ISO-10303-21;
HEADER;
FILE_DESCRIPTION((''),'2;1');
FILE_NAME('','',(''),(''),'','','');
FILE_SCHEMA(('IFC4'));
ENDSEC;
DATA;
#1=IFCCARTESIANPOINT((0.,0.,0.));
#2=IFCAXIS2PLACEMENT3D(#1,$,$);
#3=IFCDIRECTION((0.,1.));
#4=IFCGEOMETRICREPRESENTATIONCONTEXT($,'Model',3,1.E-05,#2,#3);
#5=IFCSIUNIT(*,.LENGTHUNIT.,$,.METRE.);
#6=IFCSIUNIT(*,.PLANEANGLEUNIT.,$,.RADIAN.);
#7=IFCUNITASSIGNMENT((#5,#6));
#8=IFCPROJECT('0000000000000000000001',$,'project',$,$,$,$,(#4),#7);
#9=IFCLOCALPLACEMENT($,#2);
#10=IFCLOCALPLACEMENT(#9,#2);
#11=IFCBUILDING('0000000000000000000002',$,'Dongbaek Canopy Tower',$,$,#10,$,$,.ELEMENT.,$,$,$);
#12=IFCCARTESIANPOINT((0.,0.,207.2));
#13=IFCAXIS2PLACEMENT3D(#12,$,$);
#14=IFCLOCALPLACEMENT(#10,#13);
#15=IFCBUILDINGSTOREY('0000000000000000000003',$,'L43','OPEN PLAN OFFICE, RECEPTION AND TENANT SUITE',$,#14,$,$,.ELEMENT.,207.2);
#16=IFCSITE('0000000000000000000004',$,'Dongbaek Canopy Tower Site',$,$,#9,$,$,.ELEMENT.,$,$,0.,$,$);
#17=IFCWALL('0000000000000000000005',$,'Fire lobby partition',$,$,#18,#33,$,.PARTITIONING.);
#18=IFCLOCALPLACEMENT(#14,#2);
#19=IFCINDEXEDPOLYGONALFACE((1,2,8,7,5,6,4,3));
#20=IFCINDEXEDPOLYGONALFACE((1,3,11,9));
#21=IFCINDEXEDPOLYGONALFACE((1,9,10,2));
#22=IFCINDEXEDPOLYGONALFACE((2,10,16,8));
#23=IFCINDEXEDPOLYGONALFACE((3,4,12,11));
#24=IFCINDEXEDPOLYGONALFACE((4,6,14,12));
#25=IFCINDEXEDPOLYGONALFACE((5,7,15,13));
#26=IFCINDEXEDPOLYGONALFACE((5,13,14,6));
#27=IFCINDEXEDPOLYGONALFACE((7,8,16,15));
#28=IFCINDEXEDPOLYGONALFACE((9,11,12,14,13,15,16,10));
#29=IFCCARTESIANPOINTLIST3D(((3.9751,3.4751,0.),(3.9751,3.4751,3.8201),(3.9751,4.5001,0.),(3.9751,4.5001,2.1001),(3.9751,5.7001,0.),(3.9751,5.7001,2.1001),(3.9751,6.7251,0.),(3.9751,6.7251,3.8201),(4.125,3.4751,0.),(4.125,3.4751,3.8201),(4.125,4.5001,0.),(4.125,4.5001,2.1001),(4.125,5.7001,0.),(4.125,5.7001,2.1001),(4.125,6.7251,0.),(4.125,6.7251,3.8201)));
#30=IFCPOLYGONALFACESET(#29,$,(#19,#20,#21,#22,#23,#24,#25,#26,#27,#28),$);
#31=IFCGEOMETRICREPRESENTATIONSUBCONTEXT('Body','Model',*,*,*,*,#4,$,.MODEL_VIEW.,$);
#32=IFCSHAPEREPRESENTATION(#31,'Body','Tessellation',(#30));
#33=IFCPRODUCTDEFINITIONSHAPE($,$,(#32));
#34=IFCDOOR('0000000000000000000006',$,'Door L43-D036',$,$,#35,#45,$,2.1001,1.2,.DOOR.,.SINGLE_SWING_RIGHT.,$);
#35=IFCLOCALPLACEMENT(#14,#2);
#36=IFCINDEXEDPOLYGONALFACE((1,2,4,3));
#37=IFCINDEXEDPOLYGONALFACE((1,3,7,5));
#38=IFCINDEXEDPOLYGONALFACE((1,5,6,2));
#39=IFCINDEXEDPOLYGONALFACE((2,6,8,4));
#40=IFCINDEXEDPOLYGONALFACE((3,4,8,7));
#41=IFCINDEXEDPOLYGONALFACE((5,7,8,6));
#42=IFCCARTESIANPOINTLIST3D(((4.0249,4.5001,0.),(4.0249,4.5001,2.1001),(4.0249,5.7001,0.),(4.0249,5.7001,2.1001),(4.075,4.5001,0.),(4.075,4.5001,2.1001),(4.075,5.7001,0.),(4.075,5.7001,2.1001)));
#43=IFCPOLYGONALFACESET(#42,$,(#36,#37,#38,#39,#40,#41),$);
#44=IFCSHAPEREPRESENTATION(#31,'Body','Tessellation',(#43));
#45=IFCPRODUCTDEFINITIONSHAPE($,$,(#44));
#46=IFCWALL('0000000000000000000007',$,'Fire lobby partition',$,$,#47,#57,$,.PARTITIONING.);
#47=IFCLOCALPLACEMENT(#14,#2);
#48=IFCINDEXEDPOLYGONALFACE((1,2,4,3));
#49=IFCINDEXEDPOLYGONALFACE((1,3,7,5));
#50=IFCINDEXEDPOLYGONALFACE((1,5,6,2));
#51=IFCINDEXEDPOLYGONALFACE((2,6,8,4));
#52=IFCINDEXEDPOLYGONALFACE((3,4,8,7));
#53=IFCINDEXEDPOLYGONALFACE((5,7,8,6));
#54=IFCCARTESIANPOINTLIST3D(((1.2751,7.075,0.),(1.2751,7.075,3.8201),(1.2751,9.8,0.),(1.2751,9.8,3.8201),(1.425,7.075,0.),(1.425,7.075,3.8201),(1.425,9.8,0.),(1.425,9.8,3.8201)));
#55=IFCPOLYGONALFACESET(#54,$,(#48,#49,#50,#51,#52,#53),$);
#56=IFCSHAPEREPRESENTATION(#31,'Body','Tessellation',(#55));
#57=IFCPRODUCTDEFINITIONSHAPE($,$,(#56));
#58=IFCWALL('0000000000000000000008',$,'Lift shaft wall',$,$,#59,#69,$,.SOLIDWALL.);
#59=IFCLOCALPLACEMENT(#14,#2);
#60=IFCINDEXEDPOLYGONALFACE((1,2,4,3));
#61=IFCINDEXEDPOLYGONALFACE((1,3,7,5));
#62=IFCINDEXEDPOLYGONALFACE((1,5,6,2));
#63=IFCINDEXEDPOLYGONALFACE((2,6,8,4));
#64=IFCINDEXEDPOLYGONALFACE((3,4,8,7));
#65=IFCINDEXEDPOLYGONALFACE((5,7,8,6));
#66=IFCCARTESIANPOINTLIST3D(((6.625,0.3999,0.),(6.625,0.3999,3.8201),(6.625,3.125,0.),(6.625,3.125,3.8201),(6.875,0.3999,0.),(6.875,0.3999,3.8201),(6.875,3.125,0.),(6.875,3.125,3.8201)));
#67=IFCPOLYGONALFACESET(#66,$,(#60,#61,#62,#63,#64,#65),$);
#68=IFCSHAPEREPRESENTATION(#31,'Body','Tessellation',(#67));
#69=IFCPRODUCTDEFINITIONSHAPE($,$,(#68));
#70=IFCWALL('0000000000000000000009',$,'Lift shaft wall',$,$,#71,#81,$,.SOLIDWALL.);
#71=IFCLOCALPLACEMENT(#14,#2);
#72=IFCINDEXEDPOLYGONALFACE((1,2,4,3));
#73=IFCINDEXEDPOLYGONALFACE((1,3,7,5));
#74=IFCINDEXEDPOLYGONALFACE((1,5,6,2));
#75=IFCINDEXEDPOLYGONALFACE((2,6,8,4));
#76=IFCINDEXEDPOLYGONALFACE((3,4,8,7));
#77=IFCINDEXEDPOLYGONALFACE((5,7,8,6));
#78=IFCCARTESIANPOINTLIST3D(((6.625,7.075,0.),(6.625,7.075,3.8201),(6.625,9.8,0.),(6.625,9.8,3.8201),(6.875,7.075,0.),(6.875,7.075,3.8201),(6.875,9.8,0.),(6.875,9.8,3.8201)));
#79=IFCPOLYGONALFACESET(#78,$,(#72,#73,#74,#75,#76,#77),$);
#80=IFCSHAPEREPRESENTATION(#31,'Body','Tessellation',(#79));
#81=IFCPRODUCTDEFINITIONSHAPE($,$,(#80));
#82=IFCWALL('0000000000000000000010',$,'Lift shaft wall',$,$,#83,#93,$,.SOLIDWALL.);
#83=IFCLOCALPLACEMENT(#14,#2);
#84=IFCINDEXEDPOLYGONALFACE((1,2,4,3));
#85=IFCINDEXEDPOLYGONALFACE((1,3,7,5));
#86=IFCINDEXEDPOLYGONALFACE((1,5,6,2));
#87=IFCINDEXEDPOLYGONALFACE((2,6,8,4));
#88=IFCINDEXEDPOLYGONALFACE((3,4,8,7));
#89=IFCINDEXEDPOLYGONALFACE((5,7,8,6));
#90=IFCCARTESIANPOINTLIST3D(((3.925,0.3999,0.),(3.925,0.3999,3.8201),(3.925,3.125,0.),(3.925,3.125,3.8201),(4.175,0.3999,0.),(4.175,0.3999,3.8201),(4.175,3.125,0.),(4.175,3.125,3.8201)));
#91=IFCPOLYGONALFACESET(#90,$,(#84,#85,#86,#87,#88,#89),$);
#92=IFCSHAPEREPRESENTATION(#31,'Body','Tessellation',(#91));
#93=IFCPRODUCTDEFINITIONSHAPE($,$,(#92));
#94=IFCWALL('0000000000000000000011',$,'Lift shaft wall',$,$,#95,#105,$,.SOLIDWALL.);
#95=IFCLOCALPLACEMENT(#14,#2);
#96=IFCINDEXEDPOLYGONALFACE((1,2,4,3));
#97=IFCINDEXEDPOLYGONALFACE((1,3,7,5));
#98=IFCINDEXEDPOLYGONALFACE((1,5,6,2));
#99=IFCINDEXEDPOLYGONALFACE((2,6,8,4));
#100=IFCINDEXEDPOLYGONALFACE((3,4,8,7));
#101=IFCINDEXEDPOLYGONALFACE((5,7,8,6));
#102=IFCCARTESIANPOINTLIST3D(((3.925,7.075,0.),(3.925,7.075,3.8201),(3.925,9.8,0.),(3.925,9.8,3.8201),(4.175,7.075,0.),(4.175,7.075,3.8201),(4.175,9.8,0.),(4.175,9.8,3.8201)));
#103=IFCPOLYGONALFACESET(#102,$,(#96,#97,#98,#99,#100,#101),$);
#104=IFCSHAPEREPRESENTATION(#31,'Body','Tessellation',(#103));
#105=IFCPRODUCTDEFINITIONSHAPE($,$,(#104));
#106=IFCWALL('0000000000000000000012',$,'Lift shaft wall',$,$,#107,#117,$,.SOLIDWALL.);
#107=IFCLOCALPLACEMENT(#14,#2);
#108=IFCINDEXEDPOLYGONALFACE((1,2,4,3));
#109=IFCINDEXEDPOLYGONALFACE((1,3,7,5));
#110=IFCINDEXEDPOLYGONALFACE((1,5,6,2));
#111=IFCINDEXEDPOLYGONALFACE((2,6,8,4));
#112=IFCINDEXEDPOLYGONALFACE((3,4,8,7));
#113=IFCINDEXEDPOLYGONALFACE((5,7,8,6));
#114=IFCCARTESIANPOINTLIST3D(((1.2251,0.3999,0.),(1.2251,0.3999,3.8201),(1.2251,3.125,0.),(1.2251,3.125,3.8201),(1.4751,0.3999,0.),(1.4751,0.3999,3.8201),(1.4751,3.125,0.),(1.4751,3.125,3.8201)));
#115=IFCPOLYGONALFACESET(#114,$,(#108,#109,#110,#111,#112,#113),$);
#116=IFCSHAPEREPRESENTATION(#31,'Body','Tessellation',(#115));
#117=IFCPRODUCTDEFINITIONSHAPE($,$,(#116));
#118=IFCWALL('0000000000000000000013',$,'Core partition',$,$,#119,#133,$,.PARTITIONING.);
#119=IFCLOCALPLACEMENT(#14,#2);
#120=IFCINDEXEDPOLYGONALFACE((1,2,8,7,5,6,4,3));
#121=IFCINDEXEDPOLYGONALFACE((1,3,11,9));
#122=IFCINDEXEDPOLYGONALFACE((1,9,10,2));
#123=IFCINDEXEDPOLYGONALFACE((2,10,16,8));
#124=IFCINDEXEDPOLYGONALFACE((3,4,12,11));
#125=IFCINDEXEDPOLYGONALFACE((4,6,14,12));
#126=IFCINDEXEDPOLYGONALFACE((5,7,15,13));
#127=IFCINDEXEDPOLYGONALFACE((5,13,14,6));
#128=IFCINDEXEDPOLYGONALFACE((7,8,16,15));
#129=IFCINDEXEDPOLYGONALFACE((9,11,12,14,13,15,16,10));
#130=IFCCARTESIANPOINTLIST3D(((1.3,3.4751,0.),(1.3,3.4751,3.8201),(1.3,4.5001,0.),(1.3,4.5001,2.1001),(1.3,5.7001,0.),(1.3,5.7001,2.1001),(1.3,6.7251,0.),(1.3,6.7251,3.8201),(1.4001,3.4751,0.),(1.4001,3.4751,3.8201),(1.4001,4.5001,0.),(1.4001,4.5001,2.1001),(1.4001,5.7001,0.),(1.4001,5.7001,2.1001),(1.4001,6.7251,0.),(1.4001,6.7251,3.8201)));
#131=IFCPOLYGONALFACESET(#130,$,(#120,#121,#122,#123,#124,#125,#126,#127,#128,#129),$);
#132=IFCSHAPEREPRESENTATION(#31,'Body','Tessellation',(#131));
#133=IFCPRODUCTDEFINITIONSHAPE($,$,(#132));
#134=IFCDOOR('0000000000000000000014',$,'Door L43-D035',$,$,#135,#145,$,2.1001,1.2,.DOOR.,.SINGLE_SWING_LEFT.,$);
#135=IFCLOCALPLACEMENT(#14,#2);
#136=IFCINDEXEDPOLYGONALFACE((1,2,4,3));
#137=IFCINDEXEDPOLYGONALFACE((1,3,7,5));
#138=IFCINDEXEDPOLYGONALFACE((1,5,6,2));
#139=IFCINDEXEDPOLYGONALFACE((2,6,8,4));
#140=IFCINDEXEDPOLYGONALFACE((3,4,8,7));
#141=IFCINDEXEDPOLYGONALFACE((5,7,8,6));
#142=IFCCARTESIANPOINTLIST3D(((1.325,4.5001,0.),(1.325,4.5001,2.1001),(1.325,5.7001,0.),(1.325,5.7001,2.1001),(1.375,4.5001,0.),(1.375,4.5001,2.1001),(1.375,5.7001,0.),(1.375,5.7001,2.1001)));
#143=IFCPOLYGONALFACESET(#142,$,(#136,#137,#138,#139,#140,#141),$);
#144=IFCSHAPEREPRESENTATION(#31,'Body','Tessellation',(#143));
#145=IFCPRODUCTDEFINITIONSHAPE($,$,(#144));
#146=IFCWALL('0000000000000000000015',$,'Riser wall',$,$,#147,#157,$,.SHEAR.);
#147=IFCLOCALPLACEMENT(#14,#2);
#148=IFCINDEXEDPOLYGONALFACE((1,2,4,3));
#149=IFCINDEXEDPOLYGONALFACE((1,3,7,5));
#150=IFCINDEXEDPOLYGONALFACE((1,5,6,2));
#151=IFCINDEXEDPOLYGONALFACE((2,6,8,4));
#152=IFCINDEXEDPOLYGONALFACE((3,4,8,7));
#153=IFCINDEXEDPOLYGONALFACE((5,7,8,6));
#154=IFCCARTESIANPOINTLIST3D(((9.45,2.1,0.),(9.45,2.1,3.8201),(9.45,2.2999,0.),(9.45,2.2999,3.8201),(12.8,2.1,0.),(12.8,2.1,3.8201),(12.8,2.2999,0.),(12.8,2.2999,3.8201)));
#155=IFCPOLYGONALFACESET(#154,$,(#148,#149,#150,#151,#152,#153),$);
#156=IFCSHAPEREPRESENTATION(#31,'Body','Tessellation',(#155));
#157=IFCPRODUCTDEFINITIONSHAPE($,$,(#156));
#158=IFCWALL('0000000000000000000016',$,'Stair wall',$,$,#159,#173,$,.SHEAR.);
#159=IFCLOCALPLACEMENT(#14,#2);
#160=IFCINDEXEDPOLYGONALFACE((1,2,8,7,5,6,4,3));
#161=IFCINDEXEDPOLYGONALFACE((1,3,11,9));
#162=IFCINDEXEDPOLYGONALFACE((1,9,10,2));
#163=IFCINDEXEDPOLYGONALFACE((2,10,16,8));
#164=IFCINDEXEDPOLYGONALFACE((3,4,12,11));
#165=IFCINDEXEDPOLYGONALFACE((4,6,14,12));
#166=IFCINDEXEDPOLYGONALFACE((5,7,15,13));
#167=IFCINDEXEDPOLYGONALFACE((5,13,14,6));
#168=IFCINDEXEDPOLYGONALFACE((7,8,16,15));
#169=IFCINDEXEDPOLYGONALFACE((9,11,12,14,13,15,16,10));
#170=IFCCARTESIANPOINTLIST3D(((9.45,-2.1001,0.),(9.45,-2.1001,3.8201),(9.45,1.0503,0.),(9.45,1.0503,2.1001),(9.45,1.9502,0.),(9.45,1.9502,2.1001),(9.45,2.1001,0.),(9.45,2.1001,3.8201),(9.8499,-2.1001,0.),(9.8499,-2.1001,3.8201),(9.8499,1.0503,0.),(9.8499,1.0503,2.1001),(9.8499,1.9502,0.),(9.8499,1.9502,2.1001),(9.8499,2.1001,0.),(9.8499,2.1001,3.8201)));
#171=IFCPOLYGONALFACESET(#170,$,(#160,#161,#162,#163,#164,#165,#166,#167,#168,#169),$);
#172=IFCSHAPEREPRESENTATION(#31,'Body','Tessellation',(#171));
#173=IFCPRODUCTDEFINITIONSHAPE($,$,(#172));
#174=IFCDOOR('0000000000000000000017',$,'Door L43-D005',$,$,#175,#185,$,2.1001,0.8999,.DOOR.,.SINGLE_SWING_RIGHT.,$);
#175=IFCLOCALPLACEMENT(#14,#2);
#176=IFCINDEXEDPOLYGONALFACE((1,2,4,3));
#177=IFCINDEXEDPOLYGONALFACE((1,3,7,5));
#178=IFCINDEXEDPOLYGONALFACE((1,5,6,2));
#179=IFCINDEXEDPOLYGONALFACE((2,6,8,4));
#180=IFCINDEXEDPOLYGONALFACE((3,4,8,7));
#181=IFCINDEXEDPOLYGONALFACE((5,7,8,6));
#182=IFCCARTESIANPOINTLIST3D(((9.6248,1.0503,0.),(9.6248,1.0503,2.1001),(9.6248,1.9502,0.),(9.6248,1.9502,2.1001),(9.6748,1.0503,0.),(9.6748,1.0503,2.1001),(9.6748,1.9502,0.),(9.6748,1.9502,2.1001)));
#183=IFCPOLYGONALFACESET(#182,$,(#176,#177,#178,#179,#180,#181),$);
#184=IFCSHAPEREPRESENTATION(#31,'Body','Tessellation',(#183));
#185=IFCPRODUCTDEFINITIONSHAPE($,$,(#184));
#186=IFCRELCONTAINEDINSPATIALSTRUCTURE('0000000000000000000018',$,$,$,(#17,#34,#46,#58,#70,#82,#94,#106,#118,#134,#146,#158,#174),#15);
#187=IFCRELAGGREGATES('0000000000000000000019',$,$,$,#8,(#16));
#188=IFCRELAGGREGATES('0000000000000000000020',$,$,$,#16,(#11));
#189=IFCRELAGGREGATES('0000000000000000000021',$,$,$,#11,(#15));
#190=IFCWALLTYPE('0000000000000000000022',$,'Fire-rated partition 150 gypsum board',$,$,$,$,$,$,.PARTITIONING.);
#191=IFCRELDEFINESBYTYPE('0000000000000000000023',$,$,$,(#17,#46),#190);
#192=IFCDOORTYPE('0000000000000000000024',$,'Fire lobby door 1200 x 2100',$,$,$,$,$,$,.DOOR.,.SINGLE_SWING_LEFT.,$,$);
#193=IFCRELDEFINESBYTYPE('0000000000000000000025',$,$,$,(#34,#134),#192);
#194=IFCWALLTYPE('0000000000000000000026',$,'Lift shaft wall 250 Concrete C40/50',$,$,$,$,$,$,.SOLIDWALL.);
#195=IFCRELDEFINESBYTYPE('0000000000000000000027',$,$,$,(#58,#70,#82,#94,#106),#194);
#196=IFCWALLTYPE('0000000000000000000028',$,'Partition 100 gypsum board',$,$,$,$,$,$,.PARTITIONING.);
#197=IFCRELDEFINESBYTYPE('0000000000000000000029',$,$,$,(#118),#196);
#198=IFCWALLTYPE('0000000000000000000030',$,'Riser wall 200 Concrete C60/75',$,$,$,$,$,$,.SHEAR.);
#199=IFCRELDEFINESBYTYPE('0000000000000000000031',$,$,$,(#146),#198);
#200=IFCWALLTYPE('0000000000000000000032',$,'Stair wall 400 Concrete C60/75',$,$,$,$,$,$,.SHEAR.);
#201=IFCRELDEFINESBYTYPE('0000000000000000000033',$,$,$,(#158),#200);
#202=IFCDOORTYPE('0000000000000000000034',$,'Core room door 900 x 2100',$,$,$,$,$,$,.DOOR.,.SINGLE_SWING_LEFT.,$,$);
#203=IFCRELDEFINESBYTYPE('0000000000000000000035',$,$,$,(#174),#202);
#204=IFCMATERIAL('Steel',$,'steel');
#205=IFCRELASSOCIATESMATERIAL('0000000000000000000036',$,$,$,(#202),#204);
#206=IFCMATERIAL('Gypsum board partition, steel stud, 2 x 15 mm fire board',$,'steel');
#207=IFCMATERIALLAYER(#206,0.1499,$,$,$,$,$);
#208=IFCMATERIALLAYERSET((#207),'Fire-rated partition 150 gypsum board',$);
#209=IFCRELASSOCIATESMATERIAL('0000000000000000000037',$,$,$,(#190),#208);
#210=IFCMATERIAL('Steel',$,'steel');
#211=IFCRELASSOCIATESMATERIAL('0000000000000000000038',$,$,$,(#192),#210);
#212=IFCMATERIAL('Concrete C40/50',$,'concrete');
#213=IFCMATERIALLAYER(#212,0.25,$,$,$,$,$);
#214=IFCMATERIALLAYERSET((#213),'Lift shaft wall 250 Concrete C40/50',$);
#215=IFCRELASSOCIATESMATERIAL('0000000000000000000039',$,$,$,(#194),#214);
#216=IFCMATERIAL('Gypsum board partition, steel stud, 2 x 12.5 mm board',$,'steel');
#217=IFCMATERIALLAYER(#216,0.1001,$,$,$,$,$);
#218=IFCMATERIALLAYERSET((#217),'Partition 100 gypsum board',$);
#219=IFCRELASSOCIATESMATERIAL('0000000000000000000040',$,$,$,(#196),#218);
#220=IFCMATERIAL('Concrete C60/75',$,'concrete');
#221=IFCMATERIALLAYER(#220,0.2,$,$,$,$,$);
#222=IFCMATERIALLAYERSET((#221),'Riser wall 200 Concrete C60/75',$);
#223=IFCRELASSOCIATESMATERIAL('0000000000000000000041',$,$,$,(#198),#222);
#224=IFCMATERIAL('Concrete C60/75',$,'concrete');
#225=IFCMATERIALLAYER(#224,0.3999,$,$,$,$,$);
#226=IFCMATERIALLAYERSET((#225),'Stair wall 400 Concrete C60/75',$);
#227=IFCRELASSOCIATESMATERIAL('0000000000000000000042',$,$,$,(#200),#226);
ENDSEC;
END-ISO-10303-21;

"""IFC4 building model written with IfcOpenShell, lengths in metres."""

from ifc_helpers import new_model, si_unit, direction, frame, frame_2d, origin, place, context, subcontext, project, spatial, rectangle, extrude, material, layer, layer_set, type_object, element, fill, save


model = new_model("IFC4")

# Units and contexts
model_context = context("Model", 3, precision=1e-05, world=origin(), true_north=direction((0.0, 1.0)))
body_context = subcontext(model_context, "Body", "Model", "MODEL_VIEW")
ifc_project = project(units=[si_unit("LENGTHUNIT", "METRE"), si_unit("PLANEANGLEUNIT", "RADIAN")], contexts=[model_context])

# Site, building, storey
site_placement = place(None, origin())
site = spatial("IfcSite", under=ifc_project, at=site_placement, Name="Dongbaek Canopy Tower Site", CompositionType="ELEMENT", RefElevation=0.0)
building_placement = place(site_placement, origin())
building = spatial("IfcBuilding", under=site, at=building_placement, Name="Dongbaek Canopy Tower", CompositionType="ELEMENT")
storey_placement = place(building_placement, frame((0.0, 0.0, 207.2)))
storey = spatial("IfcBuildingStorey", under=building, at=storey_placement, Name="L43", Description="OPEN PLAN OFFICE, RECEPTION AND TENANT SUITE", CompositionType="ELEMENT", Elevation=207.2)

# Shared definitions
ifc_material_1 = material(Name="Steel", Category="steel")
door_type_1 = type_object("IfcDoorType", Name="Core room door 900 x 2100", OperationType="SINGLE_SWING_LEFT", PredefinedType="DOOR", material=ifc_material_1)

# Wall, opening, door
ifc_material_2 = material(Name="Gypsum board partition, steel stud, 2 x 15 mm fire board", Category="steel")
ifc_layer_1 = layer(ifc_material_2, 0.1499)
ifc_layer_set_1 = layer_set([ifc_layer_1], Name="Fire-rated partition 150 gypsum board")
wall_type_1 = type_object("IfcWallType", Name="Fire-rated partition 150 gypsum board", PredefinedType="PARTITIONING", material=ifc_layer_set_1)
wall_1_placement = place(storey_placement, frame((4.05, 6.7251, 0.0), z_axis=(0.0, 0.0, 1.0), x_axis=(0.0, -1.0, 0.0)))
wall_1 = element("IfcWall", 1, at=wall_1_placement, inside=storey, type_object=wall_type_1, Name="Fire lobby partition", PredefinedType="PARTITIONING", context=body_context, shape_type="SweptSolid", body=[
    extrude(rectangle(XDim=3.25, YDim=0.1499, at=frame_2d((1.625, 0.0))), origin(), (0.0, 0.0, 1.0), 3.8201),
])
opening_1_placement = place(wall_1_placement, frame((1.0249, 0.0, 0.0)))
opening_1 = element("IfcOpeningElement", 2, at=opening_1_placement, cuts=wall_1, PredefinedType="OPENING", context=body_context, shape_type="SweptSolid", body=[
    extrude(rectangle(XDim=1.2, YDim=2.1001, at=frame_2d((0.6001, 1.05))), frame((0.0, 0.085, 0.0), z_axis=(0.0, -1.0, 0.0), x_axis=(1.0, 0.0, 0.0)), (0.0, 0.0, 1.0), 0.1699),
])
ifc_material_3 = material(Name="Steel", Category="steel")
door_type_2 = type_object("IfcDoorType", Name="Fire lobby door 1200 x 2100", OperationType="SINGLE_SWING_LEFT", PredefinedType="DOOR", material=ifc_material_3)
door_1_placement = place(opening_1_placement, origin())
door_1 = element("IfcDoor", 3, at=door_1_placement, inside=storey, type_object=door_type_2, Name="Door L43-D036", OperationType="SINGLE_SWING_RIGHT", OverallHeight=2.1001, OverallWidth=1.2, PredefinedType="DOOR", context=body_context, shape_type="SweptSolid", body=[
    extrude(rectangle(XDim=1.2, YDim=2.1001, at=frame_2d((0.6001, 1.05))), frame((0.0, 0.0249, 0.0), z_axis=(0.0, -1.0, 0.0), x_axis=(1.0, 0.0, 0.0)), (0.0, 0.0, 1.0), 0.05),
])
fill(opening_1, door_1)

# Walls
wall_2_placement = place(storey_placement, frame((1.3501, 7.075, 0.0), z_axis=(0.0, 0.0, 1.0), x_axis=(0.0, 1.0, 0.0)))
element("IfcWall", 4, at=wall_2_placement, inside=storey, type_object=wall_type_1, Name="Fire lobby partition", PredefinedType="PARTITIONING", context=body_context, shape_type="SweptSolid", body=[
    extrude(rectangle(XDim=2.7251, YDim=0.1499, at=frame_2d((1.3625, 0.0))), origin(), (0.0, 0.0, 1.0), 3.8201),
])
ifc_material_4 = material(Name="Concrete C40/50", Category="concrete")
ifc_layer_2 = layer(ifc_material_4, 0.25)
ifc_layer_set_2 = layer_set([ifc_layer_2], Name="Lift shaft wall 250 Concrete C40/50")
wall_type_2 = type_object("IfcWallType", Name="Lift shaft wall 250 Concrete C40/50", PredefinedType="SOLIDWALL", material=ifc_layer_set_2)
for number, where, z_axis, x_axis, name in (
    (5, (6.75, 0.3999, 0.0), (0.0, 0.0, 1.0), (0.0, 1.0, 0.0), "Lift shaft wall"),
    (6, (6.75, 7.075, 0.0), (0.0, 0.0, 1.0), (0.0, 1.0, 0.0), "Lift shaft wall"),
    (7, (4.05, 0.3999, 0.0), (0.0, 0.0, 1.0), (0.0, 1.0, 0.0), "Lift shaft wall"),
    (8, (4.05, 7.075, 0.0), (0.0, 0.0, 1.0), (0.0, 1.0, 0.0), "Lift shaft wall"),
    (9, (1.3501, 0.3999, 0.0), (0.0, 0.0, 1.0), (0.0, 1.0, 0.0), "Lift shaft wall"),
):
    element("IfcWall", number, at=place(storey_placement, frame(where, z_axis=z_axis, x_axis=x_axis)), inside=storey, type_object=wall_type_2, Name=name, PredefinedType="SOLIDWALL", context=body_context, shape_type="SweptSolid", body=[
        extrude(rectangle(XDim=2.7251, YDim=0.25, at=frame_2d((1.3625, 0.0))), origin(), (0.0, 0.0, 1.0), 3.8201),
    ])

# Wall, opening, door
ifc_material_5 = material(Name="Gypsum board partition, steel stud, 2 x 12.5 mm board", Category="steel")
ifc_layer_3 = layer(ifc_material_5, 0.1001)
ifc_layer_set_3 = layer_set([ifc_layer_3], Name="Partition 100 gypsum board")
wall_type_3 = type_object("IfcWallType", Name="Partition 100 gypsum board", PredefinedType="PARTITIONING", material=ifc_layer_set_3)
wall_3_placement = place(storey_placement, frame((1.3501, 6.7251, 0.0), z_axis=(0.0, 0.0, 1.0), x_axis=(0.0, -1.0, 0.0)))
wall_3 = element("IfcWall", 10, at=wall_3_placement, inside=storey, type_object=wall_type_3, Name="Core partition", PredefinedType="PARTITIONING", context=body_context, shape_type="SweptSolid", body=[
    extrude(rectangle(XDim=3.25, YDim=0.1001, at=frame_2d((1.625, 0.0))), origin(), (0.0, 0.0, 1.0), 3.8201),
])
opening_2_placement = place(wall_3_placement, frame((1.0249, 0.0, 0.0)))
opening_2 = element("IfcOpeningElement", 11, at=opening_2_placement, cuts=wall_3, PredefinedType="OPENING", context=body_context, shape_type="SweptSolid", body=[
    extrude(rectangle(XDim=1.2, YDim=2.1001, at=frame_2d((0.6001, 1.05))), frame((0.0, 0.0601, 0.0), z_axis=(0.0, -1.0, 0.0), x_axis=(1.0, 0.0, 0.0)), (0.0, 0.0, 1.0), 0.1201),
])
door_2_placement = place(opening_2_placement, origin())
door_2 = element("IfcDoor", 12, at=door_2_placement, inside=storey, type_object=door_type_2, Name="Door L43-D035", OperationType="SINGLE_SWING_LEFT", OverallHeight=2.1001, OverallWidth=1.2, PredefinedType="DOOR", context=body_context, shape_type="SweptSolid", body=[
    extrude(rectangle(XDim=1.2, YDim=2.1001, at=frame_2d((0.6001, 1.05))), frame((0.0, 0.0249, 0.0), z_axis=(0.0, -1.0, 0.0), x_axis=(1.0, 0.0, 0.0)), (0.0, 0.0, 1.0), 0.05),
])
fill(opening_2, door_2)

# Wall
ifc_material_6 = material(Name="Concrete C60/75", Category="concrete")
ifc_layer_4 = layer(ifc_material_6, 0.2)
ifc_layer_set_4 = layer_set([ifc_layer_4], Name="Riser wall 200 Concrete C60/75")
wall_type_4 = type_object("IfcWallType", Name="Riser wall 200 Concrete C60/75", PredefinedType="SHEAR", material=ifc_layer_set_4)
wall_4_placement = place(storey_placement, frame((9.45, 2.2, 0.0), z_axis=(0.0, 0.0, 1.0), x_axis=(1.0, 0.0, 0.0)))
element("IfcWall", 13, at=wall_4_placement, inside=storey, type_object=wall_type_4, Name="Riser wall", PredefinedType="SHEAR", context=body_context, shape_type="SweptSolid", body=[
    extrude(rectangle(XDim=3.3501, YDim=0.2, at=frame_2d((1.675, 0.0))), origin(), (0.0, 0.0, 1.0), 3.8201),
])

# Wall, opening, door
ifc_material_7 = material(Name="Concrete C60/75", Category="concrete")
ifc_layer_5 = layer(ifc_material_7, 0.3999)
ifc_layer_set_5 = layer_set([ifc_layer_5], Name="Stair wall 400 Concrete C60/75")
wall_type_5 = type_object("IfcWallType", Name="Stair wall 400 Concrete C60/75", PredefinedType="SHEAR", material=ifc_layer_set_5)
wall_5_placement = place(storey_placement, frame((9.6499, 2.1001, 0.0), z_axis=(0.0, 0.0, 1.0), x_axis=(0.0, -1.0, 0.0)))
wall_5 = element("IfcWall", 14, at=wall_5_placement, inside=storey, type_object=wall_type_5, Name="Stair wall", PredefinedType="SHEAR", context=body_context, shape_type="SweptSolid", body=[
    extrude(rectangle(XDim=4.2002, YDim=0.3999, at=frame_2d((2.1001, 0.0))), origin(), (0.0, 0.0, 1.0), 3.8201),
])
opening_3_placement = place(wall_5_placement, frame((0.1499, 0.0, 0.0)))
opening_3 = element("IfcOpeningElement", 15, at=opening_3_placement, cuts=wall_5, PredefinedType="OPENING", context=body_context, shape_type="SweptSolid", body=[
    extrude(rectangle(XDim=0.8999, YDim=2.1001, at=frame_2d((0.45, 1.05))), frame((0.0, 0.21, 0.0), z_axis=(0.0, -1.0, 0.0), x_axis=(1.0, 0.0, 0.0)), (0.0, 0.0, 1.0), 0.4199),
])
door_3_placement = place(opening_3_placement, origin())
door_3 = element("IfcDoor", 16, at=door_3_placement, inside=storey, type_object=door_type_1, Name="Door L43-D005", OperationType="SINGLE_SWING_RIGHT", OverallHeight=2.1001, OverallWidth=0.8999, PredefinedType="DOOR", context=body_context, shape_type="SweptSolid", body=[
    extrude(rectangle(XDim=0.8999, YDim=2.1001, at=frame_2d((0.45, 1.05))), frame((0.0, 0.0249, 0.0), z_axis=(0.0, -1.0, 0.0), x_axis=(1.0, 0.0, 0.0)), (0.0, 0.0, 1.0), 0.05),
])
fill(opening_3, door_3)

save(model, "model.ifc")
